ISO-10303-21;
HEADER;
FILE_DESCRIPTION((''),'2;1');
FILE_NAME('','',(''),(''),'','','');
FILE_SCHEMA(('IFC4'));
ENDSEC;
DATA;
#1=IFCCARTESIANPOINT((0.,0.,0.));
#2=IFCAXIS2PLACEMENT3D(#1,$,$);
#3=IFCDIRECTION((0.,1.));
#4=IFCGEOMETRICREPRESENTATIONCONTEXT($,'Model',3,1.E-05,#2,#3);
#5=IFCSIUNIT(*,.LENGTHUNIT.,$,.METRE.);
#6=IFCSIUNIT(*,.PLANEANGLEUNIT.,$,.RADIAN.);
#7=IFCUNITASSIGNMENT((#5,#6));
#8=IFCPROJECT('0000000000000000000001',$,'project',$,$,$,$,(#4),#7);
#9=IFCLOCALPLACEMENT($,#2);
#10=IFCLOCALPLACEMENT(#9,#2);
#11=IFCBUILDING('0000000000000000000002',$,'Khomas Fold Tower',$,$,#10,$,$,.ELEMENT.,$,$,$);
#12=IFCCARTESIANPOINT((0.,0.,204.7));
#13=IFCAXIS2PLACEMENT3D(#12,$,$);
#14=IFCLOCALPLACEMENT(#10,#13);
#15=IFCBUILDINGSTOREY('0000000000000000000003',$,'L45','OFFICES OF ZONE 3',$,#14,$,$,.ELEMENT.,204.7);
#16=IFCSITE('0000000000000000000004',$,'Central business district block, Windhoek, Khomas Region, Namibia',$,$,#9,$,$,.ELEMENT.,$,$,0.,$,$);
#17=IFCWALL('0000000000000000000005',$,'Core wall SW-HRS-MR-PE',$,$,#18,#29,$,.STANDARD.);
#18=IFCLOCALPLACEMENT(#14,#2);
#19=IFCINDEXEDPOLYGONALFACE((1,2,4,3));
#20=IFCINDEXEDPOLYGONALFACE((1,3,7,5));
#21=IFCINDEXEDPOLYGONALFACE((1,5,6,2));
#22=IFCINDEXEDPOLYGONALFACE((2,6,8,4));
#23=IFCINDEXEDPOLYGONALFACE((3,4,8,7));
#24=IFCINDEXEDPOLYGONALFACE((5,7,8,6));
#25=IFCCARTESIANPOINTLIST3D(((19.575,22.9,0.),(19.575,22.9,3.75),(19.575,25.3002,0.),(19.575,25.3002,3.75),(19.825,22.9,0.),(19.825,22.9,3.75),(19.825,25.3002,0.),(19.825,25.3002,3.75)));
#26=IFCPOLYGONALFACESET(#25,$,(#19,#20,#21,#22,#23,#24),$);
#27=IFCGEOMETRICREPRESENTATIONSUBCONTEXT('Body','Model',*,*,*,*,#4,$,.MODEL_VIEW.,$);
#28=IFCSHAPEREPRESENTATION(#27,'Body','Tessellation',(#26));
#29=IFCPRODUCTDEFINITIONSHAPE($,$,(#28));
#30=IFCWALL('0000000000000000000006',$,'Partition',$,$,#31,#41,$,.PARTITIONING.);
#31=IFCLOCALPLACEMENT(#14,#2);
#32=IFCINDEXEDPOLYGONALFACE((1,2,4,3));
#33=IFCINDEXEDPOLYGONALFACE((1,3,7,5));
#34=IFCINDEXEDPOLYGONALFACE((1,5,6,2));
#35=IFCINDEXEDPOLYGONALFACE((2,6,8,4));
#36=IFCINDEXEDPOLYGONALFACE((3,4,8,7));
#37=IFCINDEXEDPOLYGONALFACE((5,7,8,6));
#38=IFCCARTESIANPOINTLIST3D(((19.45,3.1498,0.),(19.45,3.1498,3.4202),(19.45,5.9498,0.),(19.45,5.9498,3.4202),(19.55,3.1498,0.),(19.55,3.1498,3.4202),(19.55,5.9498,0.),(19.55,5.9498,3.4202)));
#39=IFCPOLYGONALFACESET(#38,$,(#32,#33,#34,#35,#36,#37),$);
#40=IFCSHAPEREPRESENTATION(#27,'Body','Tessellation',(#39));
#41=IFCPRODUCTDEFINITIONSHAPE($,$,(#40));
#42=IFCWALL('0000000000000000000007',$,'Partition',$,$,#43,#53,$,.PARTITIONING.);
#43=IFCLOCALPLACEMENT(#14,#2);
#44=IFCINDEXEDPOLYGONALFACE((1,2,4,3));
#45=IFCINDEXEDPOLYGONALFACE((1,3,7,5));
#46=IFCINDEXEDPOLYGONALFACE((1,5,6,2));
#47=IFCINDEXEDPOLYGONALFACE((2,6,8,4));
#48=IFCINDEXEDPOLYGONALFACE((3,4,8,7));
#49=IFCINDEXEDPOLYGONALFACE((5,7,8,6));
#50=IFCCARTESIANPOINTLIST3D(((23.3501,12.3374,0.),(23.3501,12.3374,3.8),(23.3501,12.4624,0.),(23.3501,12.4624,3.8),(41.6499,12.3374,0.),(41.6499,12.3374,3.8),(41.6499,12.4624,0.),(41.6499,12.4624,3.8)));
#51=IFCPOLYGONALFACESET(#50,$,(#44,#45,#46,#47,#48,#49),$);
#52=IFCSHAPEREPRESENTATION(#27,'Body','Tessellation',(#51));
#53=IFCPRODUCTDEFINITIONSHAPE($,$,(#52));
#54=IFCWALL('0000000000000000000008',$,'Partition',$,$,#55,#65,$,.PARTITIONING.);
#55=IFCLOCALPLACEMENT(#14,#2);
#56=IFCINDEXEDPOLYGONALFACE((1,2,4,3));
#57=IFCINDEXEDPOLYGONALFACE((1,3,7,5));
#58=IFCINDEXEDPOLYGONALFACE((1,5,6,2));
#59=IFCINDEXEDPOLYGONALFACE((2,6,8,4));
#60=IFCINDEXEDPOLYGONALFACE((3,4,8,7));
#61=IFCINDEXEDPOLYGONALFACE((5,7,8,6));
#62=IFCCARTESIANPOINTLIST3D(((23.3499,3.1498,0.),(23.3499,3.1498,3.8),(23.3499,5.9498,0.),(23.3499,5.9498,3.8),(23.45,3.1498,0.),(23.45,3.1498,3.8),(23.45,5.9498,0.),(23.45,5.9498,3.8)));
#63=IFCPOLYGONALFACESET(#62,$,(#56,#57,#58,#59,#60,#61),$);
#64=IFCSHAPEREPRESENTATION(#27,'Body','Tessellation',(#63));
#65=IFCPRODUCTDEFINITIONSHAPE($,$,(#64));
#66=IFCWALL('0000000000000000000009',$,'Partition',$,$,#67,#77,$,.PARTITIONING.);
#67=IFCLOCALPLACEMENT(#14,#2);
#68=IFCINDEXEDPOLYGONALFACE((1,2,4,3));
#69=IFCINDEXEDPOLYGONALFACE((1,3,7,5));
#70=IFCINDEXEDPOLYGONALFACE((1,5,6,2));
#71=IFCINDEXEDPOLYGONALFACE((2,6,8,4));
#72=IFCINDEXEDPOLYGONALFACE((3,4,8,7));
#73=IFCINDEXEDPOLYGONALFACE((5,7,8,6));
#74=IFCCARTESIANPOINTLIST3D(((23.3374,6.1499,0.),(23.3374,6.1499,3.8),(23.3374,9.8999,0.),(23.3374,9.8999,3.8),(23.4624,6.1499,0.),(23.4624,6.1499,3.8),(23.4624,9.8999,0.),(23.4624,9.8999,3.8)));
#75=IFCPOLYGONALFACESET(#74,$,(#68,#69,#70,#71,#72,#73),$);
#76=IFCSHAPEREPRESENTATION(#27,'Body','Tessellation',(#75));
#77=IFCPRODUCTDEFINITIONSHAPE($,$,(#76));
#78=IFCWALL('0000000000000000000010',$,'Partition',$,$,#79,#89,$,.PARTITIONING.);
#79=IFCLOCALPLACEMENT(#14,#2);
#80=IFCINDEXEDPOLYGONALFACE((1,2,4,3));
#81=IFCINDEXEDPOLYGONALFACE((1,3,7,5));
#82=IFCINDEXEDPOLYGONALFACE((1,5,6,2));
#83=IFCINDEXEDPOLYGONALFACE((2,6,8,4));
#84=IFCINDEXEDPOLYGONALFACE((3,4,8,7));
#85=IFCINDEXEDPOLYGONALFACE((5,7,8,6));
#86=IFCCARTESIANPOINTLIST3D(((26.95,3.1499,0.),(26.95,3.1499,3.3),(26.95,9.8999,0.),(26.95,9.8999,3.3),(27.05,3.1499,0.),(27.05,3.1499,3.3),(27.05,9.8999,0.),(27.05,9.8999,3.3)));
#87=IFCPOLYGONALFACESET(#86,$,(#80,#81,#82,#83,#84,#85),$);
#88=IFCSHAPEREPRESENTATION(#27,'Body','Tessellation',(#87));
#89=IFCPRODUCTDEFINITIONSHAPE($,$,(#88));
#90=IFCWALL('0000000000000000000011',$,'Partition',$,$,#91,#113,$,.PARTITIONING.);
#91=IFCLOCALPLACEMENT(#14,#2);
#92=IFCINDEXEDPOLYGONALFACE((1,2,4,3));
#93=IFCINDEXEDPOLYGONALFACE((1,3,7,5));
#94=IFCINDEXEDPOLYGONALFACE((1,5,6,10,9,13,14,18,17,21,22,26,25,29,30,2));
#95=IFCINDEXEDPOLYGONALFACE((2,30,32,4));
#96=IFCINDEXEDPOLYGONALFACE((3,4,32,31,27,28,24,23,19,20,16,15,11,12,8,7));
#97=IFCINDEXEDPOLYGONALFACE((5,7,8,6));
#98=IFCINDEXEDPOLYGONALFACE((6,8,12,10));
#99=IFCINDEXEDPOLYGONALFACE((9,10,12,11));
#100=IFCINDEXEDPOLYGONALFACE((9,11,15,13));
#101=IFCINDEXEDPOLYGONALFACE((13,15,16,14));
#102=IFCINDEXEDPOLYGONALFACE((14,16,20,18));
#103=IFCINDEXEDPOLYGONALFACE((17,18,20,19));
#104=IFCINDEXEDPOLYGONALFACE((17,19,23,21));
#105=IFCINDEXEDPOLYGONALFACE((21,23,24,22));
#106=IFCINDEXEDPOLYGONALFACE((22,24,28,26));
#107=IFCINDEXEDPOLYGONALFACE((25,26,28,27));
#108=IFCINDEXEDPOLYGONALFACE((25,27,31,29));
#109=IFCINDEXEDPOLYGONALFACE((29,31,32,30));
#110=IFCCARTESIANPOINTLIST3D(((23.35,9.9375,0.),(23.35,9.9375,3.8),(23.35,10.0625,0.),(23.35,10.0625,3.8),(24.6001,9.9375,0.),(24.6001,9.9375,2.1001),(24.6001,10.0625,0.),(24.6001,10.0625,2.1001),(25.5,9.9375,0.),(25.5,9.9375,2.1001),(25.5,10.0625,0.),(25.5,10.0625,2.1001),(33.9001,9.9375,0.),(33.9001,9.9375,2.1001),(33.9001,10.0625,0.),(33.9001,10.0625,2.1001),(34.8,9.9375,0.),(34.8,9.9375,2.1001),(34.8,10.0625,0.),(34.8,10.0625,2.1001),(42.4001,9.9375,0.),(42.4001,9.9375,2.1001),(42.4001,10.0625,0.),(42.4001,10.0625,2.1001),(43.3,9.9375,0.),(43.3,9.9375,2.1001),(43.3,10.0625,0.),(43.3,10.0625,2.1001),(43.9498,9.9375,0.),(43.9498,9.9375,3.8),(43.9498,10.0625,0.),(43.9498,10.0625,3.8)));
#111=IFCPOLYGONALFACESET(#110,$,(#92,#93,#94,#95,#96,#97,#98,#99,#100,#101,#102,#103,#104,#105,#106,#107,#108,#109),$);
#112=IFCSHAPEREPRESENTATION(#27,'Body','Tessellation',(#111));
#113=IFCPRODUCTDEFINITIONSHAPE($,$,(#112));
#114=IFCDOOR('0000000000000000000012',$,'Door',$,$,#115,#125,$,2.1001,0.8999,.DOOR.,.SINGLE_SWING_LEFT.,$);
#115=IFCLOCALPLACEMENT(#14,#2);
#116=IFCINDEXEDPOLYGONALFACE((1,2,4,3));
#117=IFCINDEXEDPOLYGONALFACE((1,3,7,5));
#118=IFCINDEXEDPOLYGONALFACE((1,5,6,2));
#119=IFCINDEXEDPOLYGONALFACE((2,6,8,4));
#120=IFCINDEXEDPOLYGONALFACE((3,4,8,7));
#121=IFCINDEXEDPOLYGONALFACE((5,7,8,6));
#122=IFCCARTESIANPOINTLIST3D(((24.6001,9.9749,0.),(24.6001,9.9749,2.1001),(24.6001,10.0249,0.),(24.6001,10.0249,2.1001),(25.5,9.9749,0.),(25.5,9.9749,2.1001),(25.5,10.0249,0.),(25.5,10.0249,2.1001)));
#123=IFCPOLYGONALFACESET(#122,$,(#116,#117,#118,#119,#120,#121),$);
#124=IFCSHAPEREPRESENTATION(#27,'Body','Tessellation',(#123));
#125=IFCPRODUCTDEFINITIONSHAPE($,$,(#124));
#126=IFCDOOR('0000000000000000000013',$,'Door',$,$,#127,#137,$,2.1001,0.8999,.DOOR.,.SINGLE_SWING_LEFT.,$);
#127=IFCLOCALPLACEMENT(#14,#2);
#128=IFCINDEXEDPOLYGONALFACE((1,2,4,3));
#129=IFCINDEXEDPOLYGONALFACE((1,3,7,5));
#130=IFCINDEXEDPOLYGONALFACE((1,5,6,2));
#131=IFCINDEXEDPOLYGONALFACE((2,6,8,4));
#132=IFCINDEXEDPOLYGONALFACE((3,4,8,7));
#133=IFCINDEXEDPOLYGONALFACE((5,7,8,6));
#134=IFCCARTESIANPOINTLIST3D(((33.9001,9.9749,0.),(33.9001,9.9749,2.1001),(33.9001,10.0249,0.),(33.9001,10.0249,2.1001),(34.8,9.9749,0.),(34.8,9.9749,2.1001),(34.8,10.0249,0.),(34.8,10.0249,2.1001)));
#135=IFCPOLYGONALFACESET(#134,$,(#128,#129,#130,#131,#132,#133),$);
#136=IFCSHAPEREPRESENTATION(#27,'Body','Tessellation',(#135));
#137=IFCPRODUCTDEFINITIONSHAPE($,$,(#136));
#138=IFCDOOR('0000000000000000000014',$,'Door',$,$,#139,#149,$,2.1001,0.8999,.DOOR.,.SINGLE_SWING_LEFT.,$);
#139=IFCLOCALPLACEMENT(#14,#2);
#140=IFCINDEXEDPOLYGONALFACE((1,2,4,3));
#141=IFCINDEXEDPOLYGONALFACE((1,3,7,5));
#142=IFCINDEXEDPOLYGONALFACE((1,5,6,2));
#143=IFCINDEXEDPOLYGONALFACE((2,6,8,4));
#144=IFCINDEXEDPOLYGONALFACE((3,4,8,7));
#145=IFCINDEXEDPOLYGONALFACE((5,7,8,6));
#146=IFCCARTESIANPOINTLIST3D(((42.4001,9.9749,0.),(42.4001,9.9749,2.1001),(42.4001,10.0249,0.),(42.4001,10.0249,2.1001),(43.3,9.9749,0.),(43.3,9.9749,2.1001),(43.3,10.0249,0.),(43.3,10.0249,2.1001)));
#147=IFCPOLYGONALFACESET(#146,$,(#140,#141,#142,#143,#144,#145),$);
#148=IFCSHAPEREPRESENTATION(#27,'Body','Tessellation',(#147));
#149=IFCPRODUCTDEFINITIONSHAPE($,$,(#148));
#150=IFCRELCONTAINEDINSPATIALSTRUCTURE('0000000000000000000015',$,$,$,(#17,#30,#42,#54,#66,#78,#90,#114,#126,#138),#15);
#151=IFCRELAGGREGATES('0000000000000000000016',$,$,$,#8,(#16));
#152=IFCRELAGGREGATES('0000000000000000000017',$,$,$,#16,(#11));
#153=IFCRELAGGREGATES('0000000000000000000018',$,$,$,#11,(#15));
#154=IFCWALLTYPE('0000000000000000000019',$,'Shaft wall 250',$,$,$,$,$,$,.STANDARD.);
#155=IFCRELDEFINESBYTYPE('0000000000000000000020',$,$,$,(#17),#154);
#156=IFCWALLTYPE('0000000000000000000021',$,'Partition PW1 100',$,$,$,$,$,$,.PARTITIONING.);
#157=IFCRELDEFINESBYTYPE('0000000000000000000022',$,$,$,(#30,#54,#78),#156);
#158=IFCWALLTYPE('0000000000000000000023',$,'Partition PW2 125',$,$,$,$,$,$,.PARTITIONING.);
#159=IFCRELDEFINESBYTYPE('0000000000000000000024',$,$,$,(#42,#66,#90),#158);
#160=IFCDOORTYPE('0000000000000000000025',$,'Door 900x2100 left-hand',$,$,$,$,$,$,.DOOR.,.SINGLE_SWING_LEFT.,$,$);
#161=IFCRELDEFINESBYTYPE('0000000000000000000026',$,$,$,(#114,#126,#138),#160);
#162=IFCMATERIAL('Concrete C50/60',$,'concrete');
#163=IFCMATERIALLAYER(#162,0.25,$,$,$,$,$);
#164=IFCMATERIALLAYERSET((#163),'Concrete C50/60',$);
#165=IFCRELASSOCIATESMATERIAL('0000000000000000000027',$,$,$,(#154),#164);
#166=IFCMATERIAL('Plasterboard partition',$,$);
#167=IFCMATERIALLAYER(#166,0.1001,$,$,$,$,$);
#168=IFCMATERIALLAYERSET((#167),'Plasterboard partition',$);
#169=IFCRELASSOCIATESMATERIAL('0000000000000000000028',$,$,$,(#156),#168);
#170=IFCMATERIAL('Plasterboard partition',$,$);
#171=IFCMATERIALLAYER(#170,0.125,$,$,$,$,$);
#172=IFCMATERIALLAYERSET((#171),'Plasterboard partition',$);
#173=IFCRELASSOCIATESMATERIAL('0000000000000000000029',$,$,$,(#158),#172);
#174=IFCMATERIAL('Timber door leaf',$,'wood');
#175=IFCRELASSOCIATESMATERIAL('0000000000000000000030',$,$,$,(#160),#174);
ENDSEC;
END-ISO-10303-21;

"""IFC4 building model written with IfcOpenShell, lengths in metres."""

from ifc_helpers import new_model, si_unit, direction, frame, frame_2d, origin, place, context, subcontext, project, spatial, rectangle, extrude, source, transform, mapped, material, layer, layer_set, type_object, element, fill, save


model = new_model("IFC4")

# Units and contexts
model_context = context("Model", 3, precision=1e-05, world=origin(), true_north=direction((0.0, 1.0)))
body_context = subcontext(model_context, "Body", "Model", "MODEL_VIEW")
ifc_project = project(units=[si_unit("LENGTHUNIT", "METRE"), si_unit("PLANEANGLEUNIT", "RADIAN")], contexts=[model_context])

# Site, building, storey
site_placement = place(None, origin())
site = spatial("IfcSite", under=ifc_project, at=site_placement, Name="Central business district block, Windhoek, Khomas Region, Namibia", CompositionType="ELEMENT", RefElevation=0.0)
building_placement = place(site_placement, origin())
building = spatial("IfcBuilding", under=site, at=building_placement, Name="Khomas Fold Tower", CompositionType="ELEMENT")
storey_placement = place(building_placement, frame((0.0, 0.0, 204.7)))
storey = spatial("IfcBuildingStorey", under=building, at=storey_placement, Name="L45", Description="OFFICES OF ZONE 3", CompositionType="ELEMENT", Elevation=204.7)

# Walls
ifc_material_1 = material(Name="Concrete C50/60", Category="concrete")
ifc_layer_1 = layer(ifc_material_1, 0.25)
ifc_layer_set_1 = layer_set([ifc_layer_1], Name="Concrete C50/60")
wall_type_1 = type_object("IfcWallType", Name="Shaft wall 250", PredefinedType="STANDARD", material=ifc_layer_set_1)
shared_shape_1 = source(origin(), body_context, "Body", "SweptSolid", [
    extrude(rectangle(XDim=2.4001, YDim=0.25, at=frame_2d((1.2002, 0.0))), origin(), (0.0, 0.0, 1.0), 3.75),
])
wall_1_placement = place(storey_placement, frame((19.7, 22.8999, 0.0), z_axis=(0.0, 0.0, 1.0), x_axis=(0.0, 1.0, 0.0)))
element("IfcWall", 1, at=wall_1_placement, inside=storey, type_object=wall_type_1, Name="Core wall SW-HRS-MR-PE", PredefinedType="STANDARD", context=body_context, shape_type="MappedRepresentation", body=[
    mapped(shared_shape_1, transform((0.0, 0.0, 0.0))),
])
ifc_material_2 = material(Name="Plasterboard partition")
ifc_layer_2 = layer(ifc_material_2, 0.1001)
ifc_layer_set_2 = layer_set([ifc_layer_2], Name="Plasterboard partition")
wall_type_2 = type_object("IfcWallType", Name="Partition PW1 100", PredefinedType="PARTITIONING", material=ifc_layer_set_2)
shared_shape_2 = source(origin(), body_context, "Body", "SweptSolid", [
    extrude(rectangle(XDim=2.8, YDim=0.1001, at=frame_2d((1.3999, 0.0))), origin(), (0.0, 0.0, 1.0), 3.4202),
])
wall_2_placement = place(storey_placement, frame((19.5, 3.1499, 0.0), z_axis=(0.0, 0.0, 1.0), x_axis=(0.0, 1.0, 0.0)))
element("IfcWall", 2, at=wall_2_placement, inside=storey, type_object=wall_type_2, Name="Partition", PredefinedType="PARTITIONING", context=body_context, shape_type="MappedRepresentation", body=[
    mapped(shared_shape_2, transform((0.0, 0.0, 0.0))),
])
ifc_material_3 = material(Name="Plasterboard partition")
ifc_layer_3 = layer(ifc_material_3, 0.125)
ifc_layer_set_3 = layer_set([ifc_layer_3], Name="Plasterboard partition")
wall_type_3 = type_object("IfcWallType", Name="Partition PW2 125", PredefinedType="PARTITIONING", material=ifc_layer_set_3)
shared_shape_3 = source(origin(), body_context, "Body", "SweptSolid", [
    extrude(rectangle(XDim=18.2998, YDim=0.125, at=frame_2d((9.1499, 0.0))), origin(), (0.0, 0.0, 1.0), 3.8),
])
wall_3_placement = place(storey_placement, frame((23.3501, 12.3999, 0.0), z_axis=(0.0, 0.0, 1.0), x_axis=(1.0, 0.0, 0.0)))
element("IfcWall", 3, at=wall_3_placement, inside=storey, type_object=wall_type_3, Name="Partition", PredefinedType="PARTITIONING", context=body_context, shape_type="MappedRepresentation", body=[
    mapped(shared_shape_3, transform((0.0, 0.0, 0.0))),
])
shared_shape_4 = source(origin(), body_context, "Body", "SweptSolid", [
    extrude(rectangle(XDim=2.8, YDim=0.1001, at=frame_2d((1.3999, 0.0))), origin(), (0.0, 0.0, 1.0), 3.8),
])
wall_4_placement = place(storey_placement, frame((23.3999, 3.1499, 0.0), z_axis=(0.0, 0.0, 1.0), x_axis=(0.0, 1.0, 0.0)))
element("IfcWall", 4, at=wall_4_placement, inside=storey, type_object=wall_type_2, Name="Partition", PredefinedType="PARTITIONING", context=body_context, shape_type="MappedRepresentation", body=[
    mapped(shared_shape_4, transform((0.0, 0.0, 0.0))),
])
shared_shape_5 = source(origin(), body_context, "Body", "SweptSolid", [
    extrude(rectangle(XDim=3.75, YDim=0.125, at=frame_2d((1.875, 0.0))), origin(), (0.0, 0.0, 1.0), 3.8),
])
wall_5_placement = place(storey_placement, frame((23.3999, 6.1499, 0.0), z_axis=(0.0, 0.0, 1.0), x_axis=(0.0, 1.0, 0.0)))
element("IfcWall", 5, at=wall_5_placement, inside=storey, type_object=wall_type_3, Name="Partition", PredefinedType="PARTITIONING", context=body_context, shape_type="MappedRepresentation", body=[
    mapped(shared_shape_5, transform((0.0, 0.0, 0.0))),
])
shared_shape_6 = source(origin(), body_context, "Body", "SweptSolid", [
    extrude(rectangle(XDim=6.75, YDim=0.1001, at=frame_2d((3.375, 0.0))), origin(), (0.0, 0.0, 1.0), 3.3),
])
wall_6_placement = place(storey_placement, frame((27.0, 3.1499, 0.0), z_axis=(0.0, 0.0, 1.0), x_axis=(0.0, 1.0, 0.0)))
element("IfcWall", 6, at=wall_6_placement, inside=storey, type_object=wall_type_2, Name="Partition", PredefinedType="PARTITIONING", context=body_context, shape_type="MappedRepresentation", body=[
    mapped(shared_shape_6, transform((0.0, 0.0, 0.0))),
])

# Wall, openings, doors
shared_shape_7 = source(origin(), body_context, "Body", "SweptSolid", [
    extrude(rectangle(XDim=20.5999, YDim=0.125, at=frame_2d((10.2998, 0.0))), origin(), (0.0, 0.0, 1.0), 3.8),
])
wall_7_placement = place(storey_placement, frame((23.3501, 10.0, 0.0), z_axis=(0.0, 0.0, 1.0), x_axis=(1.0, 0.0, 0.0)))
wall_7 = element("IfcWall", 7, at=wall_7_placement, inside=storey, type_object=wall_type_3, Name="Partition", PredefinedType="PARTITIONING", context=body_context, shape_type="MappedRepresentation", body=[
    mapped(shared_shape_7, transform((0.0, 0.0, 0.0))),
])
shared_shape_8 = source(origin(), body_context, "Body", "SweptSolid", [
    extrude(rectangle(XDim=0.8999, YDim=2.1001, at=frame_2d((0.45, 1.05))), frame((0.0, 0.0725, 0.0), z_axis=(0.0, -1.0, 0.0), x_axis=(1.0, 0.0, 0.0)), (0.0, 0.0, 1.0), 0.145),
])
opening_1_placement = place(wall_7_placement, frame((1.25, 0.0, 0.0)))
opening_1 = element("IfcOpeningElement", 8, at=opening_1_placement, cuts=wall_7, PredefinedType="OPENING", context=body_context, shape_type="MappedRepresentation", body=[
    mapped(shared_shape_8, transform((0.0, 0.0, 0.0))),
])
opening_2_placement = place(wall_7_placement, frame((10.55, 0.0, 0.0)))
opening_2 = element("IfcOpeningElement", 9, at=opening_2_placement, cuts=wall_7, PredefinedType="OPENING", context=body_context, shape_type="MappedRepresentation", body=[
    mapped(shared_shape_8, transform((0.0, 0.0, 0.0))),
])
opening_3_placement = place(wall_7_placement, frame((19.05, 0.0, 0.0)))
opening_3 = element("IfcOpeningElement", 10, at=opening_3_placement, cuts=wall_7, PredefinedType="OPENING", context=body_context, shape_type="MappedRepresentation", body=[
    mapped(shared_shape_8, transform((0.0, 0.0, 0.0))),
])
ifc_material_4 = material(Name="Timber door leaf", Category="wood")
door_type_1 = type_object("IfcDoorType", Name="Door 900x2100 left-hand", OperationType="SINGLE_SWING_LEFT", PredefinedType="DOOR", material=ifc_material_4)
shared_shape_9 = source(origin(), body_context, "Body", "SweptSolid", [
    extrude(rectangle(XDim=0.8999, YDim=2.1001, at=frame_2d((0.45, 1.05))), frame((0.0, 0.0249, 0.0), z_axis=(0.0, -1.0, 0.0), x_axis=(1.0, 0.0, 0.0)), (0.0, 0.0, 1.0), 0.05),
])
door_1_placement = place(opening_1_placement, origin())
door_1 = element("IfcDoor", 11, at=door_1_placement, inside=storey, type_object=door_type_1, Name="Door", OperationType="SINGLE_SWING_LEFT", OverallHeight=2.1001, OverallWidth=0.8999, PredefinedType="DOOR", context=body_context, shape_type="MappedRepresentation", body=[
    mapped(shared_shape_9, transform((0.0, 0.0, 0.0))),
])
fill(opening_1, door_1)
door_2_placement = place(opening_2_placement, origin())
door_2 = element("IfcDoor", 12, at=door_2_placement, inside=storey, type_object=door_type_1, Name="Door", OperationType="SINGLE_SWING_LEFT", OverallHeight=2.1001, OverallWidth=0.8999, PredefinedType="DOOR", context=body_context, shape_type="MappedRepresentation", body=[
    mapped(shared_shape_9, transform((0.0, 0.0, 0.0))),
])
fill(opening_2, door_2)
door_3_placement = place(opening_3_placement, origin())
door_3 = element("IfcDoor", 13, at=door_3_placement, inside=storey, type_object=door_type_1, Name="Door", OperationType="SINGLE_SWING_LEFT", OverallHeight=2.1001, OverallWidth=0.8999, PredefinedType="DOOR", context=body_context, shape_type="MappedRepresentation", body=[
    mapped(shared_shape_9, transform((0.0, 0.0, 0.0))),
])
fill(opening_3, door_3)

save(model, "model.ifc")
